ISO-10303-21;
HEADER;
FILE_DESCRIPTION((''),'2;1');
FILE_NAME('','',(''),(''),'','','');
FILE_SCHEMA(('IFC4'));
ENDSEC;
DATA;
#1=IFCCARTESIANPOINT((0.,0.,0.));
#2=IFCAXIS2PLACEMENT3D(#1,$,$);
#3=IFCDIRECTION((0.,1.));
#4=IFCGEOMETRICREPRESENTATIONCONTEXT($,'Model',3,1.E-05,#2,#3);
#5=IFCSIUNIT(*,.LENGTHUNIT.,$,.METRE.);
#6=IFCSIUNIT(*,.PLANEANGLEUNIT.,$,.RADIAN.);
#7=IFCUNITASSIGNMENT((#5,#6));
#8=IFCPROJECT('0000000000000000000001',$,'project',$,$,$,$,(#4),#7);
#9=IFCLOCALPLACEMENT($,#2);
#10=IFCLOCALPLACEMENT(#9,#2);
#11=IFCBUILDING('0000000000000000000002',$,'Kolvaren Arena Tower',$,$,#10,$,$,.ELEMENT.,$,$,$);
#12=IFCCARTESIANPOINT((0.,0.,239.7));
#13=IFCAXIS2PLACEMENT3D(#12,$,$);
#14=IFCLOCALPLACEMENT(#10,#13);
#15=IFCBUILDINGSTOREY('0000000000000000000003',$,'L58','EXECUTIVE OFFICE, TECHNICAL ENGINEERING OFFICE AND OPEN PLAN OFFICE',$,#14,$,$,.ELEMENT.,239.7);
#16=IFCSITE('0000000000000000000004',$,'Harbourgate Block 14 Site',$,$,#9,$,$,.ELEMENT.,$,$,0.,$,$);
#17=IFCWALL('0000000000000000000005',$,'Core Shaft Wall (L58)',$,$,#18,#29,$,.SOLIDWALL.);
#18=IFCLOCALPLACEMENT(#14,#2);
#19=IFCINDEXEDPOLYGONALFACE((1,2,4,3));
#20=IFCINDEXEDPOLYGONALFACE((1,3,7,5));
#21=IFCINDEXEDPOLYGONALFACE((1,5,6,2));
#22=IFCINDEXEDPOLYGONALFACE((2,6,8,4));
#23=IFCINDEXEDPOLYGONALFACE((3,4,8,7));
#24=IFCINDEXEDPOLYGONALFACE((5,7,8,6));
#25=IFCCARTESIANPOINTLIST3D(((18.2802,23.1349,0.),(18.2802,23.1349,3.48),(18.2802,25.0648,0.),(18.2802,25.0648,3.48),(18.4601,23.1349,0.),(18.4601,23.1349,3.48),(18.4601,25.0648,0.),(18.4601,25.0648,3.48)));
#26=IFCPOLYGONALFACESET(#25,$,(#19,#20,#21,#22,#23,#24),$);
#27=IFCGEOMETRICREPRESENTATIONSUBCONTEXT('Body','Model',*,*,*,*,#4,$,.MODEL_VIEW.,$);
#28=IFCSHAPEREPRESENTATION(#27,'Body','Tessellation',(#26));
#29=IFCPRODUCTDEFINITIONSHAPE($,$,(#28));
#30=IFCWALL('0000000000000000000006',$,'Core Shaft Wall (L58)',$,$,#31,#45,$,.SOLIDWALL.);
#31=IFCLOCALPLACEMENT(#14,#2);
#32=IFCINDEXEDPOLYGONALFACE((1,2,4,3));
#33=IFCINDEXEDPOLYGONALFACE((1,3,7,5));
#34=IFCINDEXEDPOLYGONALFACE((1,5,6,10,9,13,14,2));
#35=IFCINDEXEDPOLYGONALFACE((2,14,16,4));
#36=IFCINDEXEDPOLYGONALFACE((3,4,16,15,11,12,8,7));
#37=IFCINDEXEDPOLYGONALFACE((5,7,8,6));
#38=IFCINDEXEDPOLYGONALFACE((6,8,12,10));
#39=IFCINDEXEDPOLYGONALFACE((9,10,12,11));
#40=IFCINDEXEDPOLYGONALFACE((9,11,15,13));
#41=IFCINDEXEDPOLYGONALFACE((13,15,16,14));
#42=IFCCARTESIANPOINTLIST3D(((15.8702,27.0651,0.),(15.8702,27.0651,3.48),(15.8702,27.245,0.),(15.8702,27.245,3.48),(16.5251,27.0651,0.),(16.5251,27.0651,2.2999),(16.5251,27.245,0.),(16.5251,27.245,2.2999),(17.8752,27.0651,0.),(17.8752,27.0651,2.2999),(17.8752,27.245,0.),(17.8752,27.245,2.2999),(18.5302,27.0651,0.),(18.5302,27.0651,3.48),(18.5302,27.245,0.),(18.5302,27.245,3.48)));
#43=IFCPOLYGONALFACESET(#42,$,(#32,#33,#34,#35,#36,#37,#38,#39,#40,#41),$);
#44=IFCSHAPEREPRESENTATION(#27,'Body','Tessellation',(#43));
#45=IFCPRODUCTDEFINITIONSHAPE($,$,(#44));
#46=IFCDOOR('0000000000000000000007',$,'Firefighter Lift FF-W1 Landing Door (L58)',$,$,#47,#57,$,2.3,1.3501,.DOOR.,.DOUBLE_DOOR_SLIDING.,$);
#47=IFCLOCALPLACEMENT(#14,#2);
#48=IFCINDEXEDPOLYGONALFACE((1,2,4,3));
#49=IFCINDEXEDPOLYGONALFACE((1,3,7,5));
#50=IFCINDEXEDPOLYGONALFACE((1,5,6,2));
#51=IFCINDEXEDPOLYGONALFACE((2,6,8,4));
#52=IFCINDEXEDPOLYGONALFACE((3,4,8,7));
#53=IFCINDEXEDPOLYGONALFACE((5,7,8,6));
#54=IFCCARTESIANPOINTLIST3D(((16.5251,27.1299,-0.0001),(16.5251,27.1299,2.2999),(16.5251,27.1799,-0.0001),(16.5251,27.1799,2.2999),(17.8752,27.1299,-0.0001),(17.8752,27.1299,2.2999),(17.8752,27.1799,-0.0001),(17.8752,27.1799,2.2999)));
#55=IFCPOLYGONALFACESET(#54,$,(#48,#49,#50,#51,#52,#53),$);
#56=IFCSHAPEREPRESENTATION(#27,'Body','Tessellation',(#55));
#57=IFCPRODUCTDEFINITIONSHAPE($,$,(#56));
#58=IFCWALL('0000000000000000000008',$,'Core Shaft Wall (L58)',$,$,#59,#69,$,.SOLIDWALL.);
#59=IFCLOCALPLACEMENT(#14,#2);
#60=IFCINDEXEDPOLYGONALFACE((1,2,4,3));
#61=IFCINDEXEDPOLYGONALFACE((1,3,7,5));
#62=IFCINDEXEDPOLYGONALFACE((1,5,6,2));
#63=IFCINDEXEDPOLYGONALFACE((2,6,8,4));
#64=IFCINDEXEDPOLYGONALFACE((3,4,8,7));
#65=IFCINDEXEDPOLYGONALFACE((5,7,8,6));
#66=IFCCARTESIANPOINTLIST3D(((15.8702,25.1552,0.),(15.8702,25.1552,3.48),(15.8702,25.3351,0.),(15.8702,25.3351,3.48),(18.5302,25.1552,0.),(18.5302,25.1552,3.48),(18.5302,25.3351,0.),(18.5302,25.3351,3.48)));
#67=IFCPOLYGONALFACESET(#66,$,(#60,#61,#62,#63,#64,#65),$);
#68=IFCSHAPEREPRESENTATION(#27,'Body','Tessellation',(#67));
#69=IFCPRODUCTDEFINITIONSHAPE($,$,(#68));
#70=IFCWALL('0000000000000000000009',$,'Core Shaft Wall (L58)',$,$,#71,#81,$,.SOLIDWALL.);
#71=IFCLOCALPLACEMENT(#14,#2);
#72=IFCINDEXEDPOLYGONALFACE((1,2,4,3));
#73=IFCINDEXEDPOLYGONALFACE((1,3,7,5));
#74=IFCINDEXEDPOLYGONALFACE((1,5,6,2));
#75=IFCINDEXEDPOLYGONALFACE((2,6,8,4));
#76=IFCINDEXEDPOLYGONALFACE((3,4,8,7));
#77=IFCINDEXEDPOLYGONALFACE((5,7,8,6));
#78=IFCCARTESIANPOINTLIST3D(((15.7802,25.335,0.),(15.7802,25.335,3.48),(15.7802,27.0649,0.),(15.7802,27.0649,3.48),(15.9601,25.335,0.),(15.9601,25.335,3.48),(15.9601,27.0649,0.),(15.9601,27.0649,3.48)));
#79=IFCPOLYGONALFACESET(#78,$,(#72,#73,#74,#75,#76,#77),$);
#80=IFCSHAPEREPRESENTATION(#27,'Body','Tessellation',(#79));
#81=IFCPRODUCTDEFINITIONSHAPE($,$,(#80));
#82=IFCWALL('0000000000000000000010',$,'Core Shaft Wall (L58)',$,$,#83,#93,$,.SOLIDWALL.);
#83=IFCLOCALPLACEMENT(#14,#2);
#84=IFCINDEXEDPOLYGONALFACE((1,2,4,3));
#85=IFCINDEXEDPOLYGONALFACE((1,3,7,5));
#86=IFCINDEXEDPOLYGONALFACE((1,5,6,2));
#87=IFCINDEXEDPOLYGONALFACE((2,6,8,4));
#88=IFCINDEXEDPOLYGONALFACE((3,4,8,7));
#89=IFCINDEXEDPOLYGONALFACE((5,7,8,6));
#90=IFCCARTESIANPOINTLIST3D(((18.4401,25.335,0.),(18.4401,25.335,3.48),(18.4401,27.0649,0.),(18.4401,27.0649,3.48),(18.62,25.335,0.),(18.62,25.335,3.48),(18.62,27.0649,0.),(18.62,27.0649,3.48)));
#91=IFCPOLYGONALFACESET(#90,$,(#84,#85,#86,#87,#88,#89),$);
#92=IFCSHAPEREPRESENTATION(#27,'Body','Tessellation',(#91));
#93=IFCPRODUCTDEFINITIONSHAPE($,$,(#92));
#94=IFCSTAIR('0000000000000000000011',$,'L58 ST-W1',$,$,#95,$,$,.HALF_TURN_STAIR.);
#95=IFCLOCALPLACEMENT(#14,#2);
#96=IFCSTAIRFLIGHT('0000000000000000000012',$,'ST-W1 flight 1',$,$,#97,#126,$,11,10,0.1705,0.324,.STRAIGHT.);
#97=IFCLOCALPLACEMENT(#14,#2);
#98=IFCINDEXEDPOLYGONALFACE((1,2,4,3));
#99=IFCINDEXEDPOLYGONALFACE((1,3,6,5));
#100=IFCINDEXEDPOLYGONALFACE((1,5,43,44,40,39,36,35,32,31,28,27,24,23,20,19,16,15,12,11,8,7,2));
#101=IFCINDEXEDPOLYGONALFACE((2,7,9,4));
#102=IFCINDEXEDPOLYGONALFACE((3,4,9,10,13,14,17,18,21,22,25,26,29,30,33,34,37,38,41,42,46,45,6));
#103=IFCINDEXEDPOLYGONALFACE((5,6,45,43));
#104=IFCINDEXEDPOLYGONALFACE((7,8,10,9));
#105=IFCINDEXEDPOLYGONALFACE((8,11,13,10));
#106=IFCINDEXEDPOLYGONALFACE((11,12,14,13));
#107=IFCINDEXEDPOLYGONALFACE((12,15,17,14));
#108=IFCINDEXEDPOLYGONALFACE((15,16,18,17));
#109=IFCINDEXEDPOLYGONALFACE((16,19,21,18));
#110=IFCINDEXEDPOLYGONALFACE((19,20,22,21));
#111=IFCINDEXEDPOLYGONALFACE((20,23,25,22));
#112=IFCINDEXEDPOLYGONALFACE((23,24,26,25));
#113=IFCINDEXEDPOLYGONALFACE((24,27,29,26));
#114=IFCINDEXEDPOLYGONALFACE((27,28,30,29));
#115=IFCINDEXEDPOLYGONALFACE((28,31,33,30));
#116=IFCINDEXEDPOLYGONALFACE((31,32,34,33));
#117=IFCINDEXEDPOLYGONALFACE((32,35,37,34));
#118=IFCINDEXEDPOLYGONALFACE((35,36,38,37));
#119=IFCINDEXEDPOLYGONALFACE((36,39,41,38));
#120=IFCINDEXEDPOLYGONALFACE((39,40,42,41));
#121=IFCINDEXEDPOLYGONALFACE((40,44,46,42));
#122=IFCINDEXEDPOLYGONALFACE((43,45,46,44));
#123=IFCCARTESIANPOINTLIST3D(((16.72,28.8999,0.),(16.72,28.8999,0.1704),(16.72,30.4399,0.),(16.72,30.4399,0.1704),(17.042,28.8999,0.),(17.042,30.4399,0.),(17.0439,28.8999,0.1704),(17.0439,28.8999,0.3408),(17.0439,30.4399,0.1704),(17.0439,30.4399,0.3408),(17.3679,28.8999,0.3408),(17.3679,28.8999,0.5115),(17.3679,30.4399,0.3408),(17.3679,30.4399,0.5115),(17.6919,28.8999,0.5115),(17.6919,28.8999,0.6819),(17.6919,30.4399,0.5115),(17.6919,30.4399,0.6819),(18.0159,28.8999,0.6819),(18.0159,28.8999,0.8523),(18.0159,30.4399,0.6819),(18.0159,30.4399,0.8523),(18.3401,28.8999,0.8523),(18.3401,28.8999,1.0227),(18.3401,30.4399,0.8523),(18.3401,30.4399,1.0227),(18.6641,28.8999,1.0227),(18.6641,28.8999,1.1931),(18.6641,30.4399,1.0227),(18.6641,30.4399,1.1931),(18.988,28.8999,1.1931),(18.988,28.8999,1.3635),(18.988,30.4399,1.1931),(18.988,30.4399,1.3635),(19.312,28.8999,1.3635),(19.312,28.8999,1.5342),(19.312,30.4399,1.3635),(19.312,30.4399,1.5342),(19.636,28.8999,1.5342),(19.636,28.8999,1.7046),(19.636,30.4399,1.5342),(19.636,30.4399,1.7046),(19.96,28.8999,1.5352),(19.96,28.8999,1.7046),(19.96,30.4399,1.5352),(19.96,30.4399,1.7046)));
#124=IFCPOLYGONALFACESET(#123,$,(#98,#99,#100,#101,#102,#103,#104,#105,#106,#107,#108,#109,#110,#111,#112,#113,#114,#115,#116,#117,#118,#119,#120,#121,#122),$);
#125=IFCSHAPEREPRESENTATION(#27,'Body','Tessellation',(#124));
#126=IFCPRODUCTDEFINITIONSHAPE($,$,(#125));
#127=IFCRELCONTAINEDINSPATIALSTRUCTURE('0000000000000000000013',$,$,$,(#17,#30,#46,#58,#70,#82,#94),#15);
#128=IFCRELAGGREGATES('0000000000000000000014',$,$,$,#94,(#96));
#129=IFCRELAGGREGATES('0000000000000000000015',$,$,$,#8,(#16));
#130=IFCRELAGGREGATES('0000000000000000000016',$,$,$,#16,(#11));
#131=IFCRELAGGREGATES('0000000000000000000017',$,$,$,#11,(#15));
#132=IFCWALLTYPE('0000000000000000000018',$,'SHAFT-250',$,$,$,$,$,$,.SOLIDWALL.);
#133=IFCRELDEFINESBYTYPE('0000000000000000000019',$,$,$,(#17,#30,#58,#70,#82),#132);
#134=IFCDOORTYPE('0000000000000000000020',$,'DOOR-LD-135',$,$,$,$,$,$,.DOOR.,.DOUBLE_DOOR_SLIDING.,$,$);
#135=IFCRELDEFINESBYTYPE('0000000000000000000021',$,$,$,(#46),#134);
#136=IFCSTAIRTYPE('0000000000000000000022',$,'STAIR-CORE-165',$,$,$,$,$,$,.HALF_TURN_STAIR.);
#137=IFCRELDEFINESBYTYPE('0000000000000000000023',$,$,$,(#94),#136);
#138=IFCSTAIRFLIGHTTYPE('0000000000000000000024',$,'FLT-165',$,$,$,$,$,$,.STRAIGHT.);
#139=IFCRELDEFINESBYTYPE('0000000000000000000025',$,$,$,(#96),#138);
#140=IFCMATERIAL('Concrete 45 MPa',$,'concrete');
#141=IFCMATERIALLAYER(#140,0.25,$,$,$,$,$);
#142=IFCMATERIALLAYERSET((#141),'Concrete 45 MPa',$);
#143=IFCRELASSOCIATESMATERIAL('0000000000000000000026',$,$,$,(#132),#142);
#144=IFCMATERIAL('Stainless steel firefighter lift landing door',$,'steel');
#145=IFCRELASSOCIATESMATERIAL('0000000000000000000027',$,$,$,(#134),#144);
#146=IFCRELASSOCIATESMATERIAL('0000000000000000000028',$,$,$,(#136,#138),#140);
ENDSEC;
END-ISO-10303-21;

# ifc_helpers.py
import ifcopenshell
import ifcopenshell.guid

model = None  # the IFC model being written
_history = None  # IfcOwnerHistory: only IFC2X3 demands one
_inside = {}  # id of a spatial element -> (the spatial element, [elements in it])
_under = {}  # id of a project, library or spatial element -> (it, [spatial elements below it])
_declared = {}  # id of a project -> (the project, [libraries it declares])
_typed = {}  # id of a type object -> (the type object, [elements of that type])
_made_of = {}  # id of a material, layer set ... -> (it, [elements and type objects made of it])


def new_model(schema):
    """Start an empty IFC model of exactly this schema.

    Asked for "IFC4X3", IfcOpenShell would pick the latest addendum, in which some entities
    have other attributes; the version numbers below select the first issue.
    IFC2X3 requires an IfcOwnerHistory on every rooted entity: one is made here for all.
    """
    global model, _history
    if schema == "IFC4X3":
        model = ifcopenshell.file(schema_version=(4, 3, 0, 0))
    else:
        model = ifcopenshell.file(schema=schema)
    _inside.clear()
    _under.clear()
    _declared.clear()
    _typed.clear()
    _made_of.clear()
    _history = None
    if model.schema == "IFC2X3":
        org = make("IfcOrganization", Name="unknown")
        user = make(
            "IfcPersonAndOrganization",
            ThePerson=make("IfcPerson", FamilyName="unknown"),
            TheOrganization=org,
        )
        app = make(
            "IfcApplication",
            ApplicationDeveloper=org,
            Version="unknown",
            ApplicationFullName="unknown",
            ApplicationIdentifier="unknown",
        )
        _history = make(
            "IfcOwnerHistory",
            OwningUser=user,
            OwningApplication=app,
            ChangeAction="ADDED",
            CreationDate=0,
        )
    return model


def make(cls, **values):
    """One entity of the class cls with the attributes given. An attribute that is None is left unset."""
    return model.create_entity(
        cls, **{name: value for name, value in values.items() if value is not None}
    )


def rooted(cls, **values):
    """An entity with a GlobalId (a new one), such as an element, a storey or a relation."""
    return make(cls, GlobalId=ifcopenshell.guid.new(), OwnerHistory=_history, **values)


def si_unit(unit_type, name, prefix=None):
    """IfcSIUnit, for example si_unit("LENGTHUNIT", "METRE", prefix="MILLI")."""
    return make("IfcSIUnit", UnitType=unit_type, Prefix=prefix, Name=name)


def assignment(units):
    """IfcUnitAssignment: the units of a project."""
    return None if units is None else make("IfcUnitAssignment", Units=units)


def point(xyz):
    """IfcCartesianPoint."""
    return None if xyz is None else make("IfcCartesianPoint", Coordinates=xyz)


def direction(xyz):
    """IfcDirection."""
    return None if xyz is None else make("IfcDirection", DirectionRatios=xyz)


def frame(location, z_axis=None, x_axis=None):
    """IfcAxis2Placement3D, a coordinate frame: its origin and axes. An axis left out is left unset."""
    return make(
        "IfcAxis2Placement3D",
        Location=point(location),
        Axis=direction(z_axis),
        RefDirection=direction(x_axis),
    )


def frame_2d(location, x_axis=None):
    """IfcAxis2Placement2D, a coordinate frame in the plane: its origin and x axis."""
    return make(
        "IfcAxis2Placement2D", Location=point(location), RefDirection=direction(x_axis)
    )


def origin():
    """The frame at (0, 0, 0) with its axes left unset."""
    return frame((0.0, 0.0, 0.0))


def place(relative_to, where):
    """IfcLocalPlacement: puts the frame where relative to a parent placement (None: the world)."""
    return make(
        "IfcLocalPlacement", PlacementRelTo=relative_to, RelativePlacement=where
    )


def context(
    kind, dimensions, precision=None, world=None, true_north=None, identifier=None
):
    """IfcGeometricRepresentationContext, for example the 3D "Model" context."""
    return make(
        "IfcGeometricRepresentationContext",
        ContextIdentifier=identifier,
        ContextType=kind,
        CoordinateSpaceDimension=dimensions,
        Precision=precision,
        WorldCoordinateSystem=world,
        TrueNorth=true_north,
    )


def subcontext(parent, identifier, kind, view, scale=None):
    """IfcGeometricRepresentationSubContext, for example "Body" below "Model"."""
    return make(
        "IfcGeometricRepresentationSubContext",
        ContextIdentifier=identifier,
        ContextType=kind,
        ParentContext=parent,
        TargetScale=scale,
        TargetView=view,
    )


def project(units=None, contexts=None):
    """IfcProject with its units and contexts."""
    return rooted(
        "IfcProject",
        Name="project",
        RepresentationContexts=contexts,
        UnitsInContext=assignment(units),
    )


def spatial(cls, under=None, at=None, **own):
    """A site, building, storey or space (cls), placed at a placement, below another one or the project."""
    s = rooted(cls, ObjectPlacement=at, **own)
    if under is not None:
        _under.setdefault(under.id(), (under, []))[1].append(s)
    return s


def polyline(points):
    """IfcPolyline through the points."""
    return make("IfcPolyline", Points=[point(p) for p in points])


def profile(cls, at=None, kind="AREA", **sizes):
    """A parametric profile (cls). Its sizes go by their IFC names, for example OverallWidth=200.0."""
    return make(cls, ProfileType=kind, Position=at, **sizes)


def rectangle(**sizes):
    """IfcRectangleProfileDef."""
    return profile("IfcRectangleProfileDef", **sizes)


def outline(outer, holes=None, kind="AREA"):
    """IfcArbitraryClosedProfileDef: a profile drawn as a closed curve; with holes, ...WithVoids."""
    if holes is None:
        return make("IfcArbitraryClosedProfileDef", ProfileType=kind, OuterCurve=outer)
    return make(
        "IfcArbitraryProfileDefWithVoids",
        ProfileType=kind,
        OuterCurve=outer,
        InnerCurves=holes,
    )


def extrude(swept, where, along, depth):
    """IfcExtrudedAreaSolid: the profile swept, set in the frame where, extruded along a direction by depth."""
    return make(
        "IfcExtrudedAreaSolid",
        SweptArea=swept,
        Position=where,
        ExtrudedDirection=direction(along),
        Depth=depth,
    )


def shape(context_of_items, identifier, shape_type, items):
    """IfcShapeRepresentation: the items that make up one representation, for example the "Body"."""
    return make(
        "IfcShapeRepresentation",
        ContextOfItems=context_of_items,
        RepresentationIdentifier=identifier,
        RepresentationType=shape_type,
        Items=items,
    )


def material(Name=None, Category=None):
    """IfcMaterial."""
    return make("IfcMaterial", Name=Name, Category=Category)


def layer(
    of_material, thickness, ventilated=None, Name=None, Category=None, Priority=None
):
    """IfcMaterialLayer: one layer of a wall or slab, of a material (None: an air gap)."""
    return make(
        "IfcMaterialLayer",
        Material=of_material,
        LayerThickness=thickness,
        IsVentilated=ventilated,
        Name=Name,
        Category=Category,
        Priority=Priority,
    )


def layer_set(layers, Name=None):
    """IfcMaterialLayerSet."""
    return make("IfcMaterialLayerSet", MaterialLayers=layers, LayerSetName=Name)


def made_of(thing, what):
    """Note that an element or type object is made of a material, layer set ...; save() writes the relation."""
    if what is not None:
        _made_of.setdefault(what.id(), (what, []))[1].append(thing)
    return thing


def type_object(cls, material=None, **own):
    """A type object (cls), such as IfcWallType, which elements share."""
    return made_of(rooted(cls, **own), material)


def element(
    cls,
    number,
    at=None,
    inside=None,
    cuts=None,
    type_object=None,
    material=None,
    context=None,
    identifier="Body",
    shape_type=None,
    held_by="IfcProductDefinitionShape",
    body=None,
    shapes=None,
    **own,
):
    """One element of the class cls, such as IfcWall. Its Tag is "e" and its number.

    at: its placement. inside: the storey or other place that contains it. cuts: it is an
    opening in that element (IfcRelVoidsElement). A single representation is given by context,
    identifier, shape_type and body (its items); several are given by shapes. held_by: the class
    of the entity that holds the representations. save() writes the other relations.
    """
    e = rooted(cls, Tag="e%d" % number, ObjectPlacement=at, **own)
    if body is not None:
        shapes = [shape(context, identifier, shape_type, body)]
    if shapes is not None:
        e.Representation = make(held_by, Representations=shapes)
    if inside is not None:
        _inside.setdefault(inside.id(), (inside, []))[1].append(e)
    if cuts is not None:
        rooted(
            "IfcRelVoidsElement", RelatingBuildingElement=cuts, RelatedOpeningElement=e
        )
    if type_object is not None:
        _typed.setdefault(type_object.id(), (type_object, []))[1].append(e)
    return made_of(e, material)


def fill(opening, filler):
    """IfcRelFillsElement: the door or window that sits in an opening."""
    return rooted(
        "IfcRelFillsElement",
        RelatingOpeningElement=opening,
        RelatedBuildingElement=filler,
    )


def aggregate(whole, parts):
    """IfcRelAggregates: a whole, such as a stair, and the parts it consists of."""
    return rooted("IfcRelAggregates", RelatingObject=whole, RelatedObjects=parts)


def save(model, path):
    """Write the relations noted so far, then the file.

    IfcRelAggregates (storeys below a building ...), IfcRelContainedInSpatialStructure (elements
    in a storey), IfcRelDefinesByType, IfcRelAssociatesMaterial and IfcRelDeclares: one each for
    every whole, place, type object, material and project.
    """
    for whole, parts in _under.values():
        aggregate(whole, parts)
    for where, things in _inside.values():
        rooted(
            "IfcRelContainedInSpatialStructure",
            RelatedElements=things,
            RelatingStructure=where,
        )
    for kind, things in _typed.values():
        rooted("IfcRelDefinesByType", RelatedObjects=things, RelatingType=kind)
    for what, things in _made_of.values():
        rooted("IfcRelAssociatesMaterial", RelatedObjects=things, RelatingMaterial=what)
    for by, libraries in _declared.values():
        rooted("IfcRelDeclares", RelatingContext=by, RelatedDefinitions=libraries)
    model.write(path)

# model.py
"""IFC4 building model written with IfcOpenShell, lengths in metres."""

from ifc_helpers import new_model, si_unit, direction, frame, frame_2d, origin, place, context, subcontext, project, spatial, polyline, rectangle, outline, extrude, material, layer, layer_set, type_object, element, fill, aggregate, save


model = new_model("IFC4")

# Units and contexts
model_context = context("Model", 3, precision=1e-05, world=origin(), true_north=direction((0.0, 1.0)))
body_context = subcontext(model_context, "Body", "Model", "MODEL_VIEW")
ifc_project = project(units=[si_unit("LENGTHUNIT", "METRE"), si_unit("PLANEANGLEUNIT", "RADIAN")], contexts=[model_context])

# Site, building, storey
site_placement = place(None, origin())
site = spatial("IfcSite", under=ifc_project, at=site_placement, Name="Harbourgate Block 14 Site", CompositionType="ELEMENT", RefElevation=0.0)
building_placement = place(site_placement, origin())
building = spatial("IfcBuilding", under=site, at=building_placement, Name="Kolvaren Arena Tower", CompositionType="ELEMENT")
storey_placement = place(building_placement, frame((0.0, 0.0, 239.7)))
storey = spatial("IfcBuildingStorey", under=building, at=storey_placement, Name="L58", Description="EXECUTIVE OFFICE, TECHNICAL ENGINEERING OFFICE AND OPEN PLAN OFFICE", CompositionType="ELEMENT", Elevation=239.7)

# Wall
ifc_material_1 = material(Name="Concrete 45 MPa", Category="concrete")
ifc_layer_1 = layer(ifc_material_1, 0.25)
ifc_layer_set_1 = layer_set([ifc_layer_1], Name="Concrete 45 MPa")
wall_type_1 = type_object("IfcWallType", Name="SHAFT-250", PredefinedType="SOLIDWALL", material=ifc_layer_set_1)
wall_1_placement = place(storey_placement, frame((18.3701, 23.135, 0.0), z_axis=(0.0, 0.0, 1.0), x_axis=(0.0, 1.0, 0.0)))
element("IfcWall", 1, at=wall_1_placement, inside=storey, type_object=wall_type_1, Name="Core Shaft Wall (L58)", PredefinedType="SOLIDWALL", context=body_context, shape_type="SweptSolid", body=[
    extrude(rectangle(XDim=1.9299, YDim=0.1799, at=frame_2d((0.9648, 0.0))), origin(), (0.0, 0.0, 1.0), 3.48),
])

# Wall, opening, door
wall_2_placement = place(storey_placement, frame((15.8701, 27.155, 0.0), z_axis=(0.0, 0.0, 1.0), x_axis=(1.0, 0.0, 0.0)))
wall_2 = element("IfcWall", 2, at=wall_2_placement, inside=storey, type_object=wall_type_1, Name="Core Shaft Wall (L58)", PredefinedType="SOLIDWALL", context=body_context, shape_type="SweptSolid", body=[
    extrude(rectangle(XDim=2.6599, YDim=0.1799, at=frame_2d((1.3301, 0.0))), origin(), (0.0, 0.0, 1.0), 3.48),
])
opening_1_placement = place(wall_2_placement, frame((0.655, 0.0, 0.0)))
opening_1 = element("IfcOpeningElement", 3, at=opening_1_placement, cuts=wall_2, PredefinedType="OPENING", context=body_context, shape_type="SweptSolid", body=[
    extrude(rectangle(XDim=1.3501, YDim=2.3, at=frame_2d((0.675, 1.1499))), frame((0.0, 0.0999, 0.0), z_axis=(0.0, -1.0, 0.0), x_axis=(1.0, 0.0, 0.0)), (0.0, 0.0, 1.0), 0.2),
])
ifc_material_2 = material(Name="Stainless steel firefighter lift landing door", Category="steel")
door_type_1 = type_object("IfcDoorType", Name="DOOR-LD-135", OperationType="DOUBLE_DOOR_SLIDING", PredefinedType="DOOR", material=ifc_material_2)
door_1_placement = place(opening_1_placement, origin())
door_1 = element("IfcDoor", 4, at=door_1_placement, inside=storey, type_object=door_type_1, Name="Firefighter Lift FF-W1 Landing Door (L58)", OperationType="DOUBLE_DOOR_SLIDING", OverallHeight=2.3, OverallWidth=1.3501, PredefinedType="DOOR", context=body_context, shape_type="SweptSolid", body=[
    extrude(rectangle(XDim=1.3501, YDim=2.3, at=frame_2d((0.675, 1.1499))), frame((0.0, 0.0249, 0.0), z_axis=(0.0, -1.0, 0.0), x_axis=(1.0, 0.0, 0.0)), (0.0, 0.0, 1.0), 0.05),
])
fill(opening_1, door_1)

# Walls
wall_3_placement = place(storey_placement, frame((15.8701, 25.2451, 0.0), z_axis=(0.0, 0.0, 1.0), x_axis=(1.0, 0.0, 0.0)))
element("IfcWall", 5, at=wall_3_placement, inside=storey, type_object=wall_type_1, Name="Core Shaft Wall (L58)", PredefinedType="SOLIDWALL", context=body_context, shape_type="SweptSolid", body=[
    extrude(rectangle(XDim=2.6599, YDim=0.1799, at=frame_2d((1.3301, 0.0))), origin(), (0.0, 0.0, 1.0), 3.48),
])
for number, where, z_axis, x_axis, name in (
    (6, (15.8701, 25.335, 0.0), (0.0, 0.0, 1.0), (0.0, 1.0, 0.0), "Core Shaft Wall (L58)"),
    (7, (18.53, 25.335, 0.0), (0.0, 0.0, 1.0), (0.0, 1.0, 0.0), "Core Shaft Wall (L58)"),
):
    element("IfcWall", number, at=place(storey_placement, frame(where, z_axis=z_axis, x_axis=x_axis)), inside=storey, type_object=wall_type_1, Name=name, PredefinedType="SOLIDWALL", context=body_context, shape_type="SweptSolid", body=[
        extrude(rectangle(XDim=1.73, YDim=0.1799, at=frame_2d((0.865, 0.0))), origin(), (0.0, 0.0, 1.0), 3.48),
    ])

# Stair, stair flight
stair_type = type_object("IfcStairType", Name="STAIR-CORE-165", PredefinedType="HALF_TURN_STAIR", material=ifc_material_1)
stair_placement = place(storey_placement, origin())
stair = element("IfcStair", 8, at=stair_placement, inside=storey, type_object=stair_type, Name="L58 ST-W1", PredefinedType="HALF_TURN_STAIR")
stair_flight_type = type_object("IfcStairFlightType", Name="FLT-165", PredefinedType="STRAIGHT", material=ifc_material_1)
stair_flight_placement = place(storey_placement, frame((16.72, 29.6699, 0.0), z_axis=(0.0, 0.0, 1.0), x_axis=(1.0, 0.0, 0.0)))
stair_flight = element("IfcStairFlight", 9, at=stair_flight_placement, type_object=stair_flight_type, Name="ST-W1 flight 1", NumberOfRisers=11, NumberOfTreads=10, PredefinedType="STRAIGHT", RiserHeight=0.1705, TreadLength=0.324, context=body_context, shape_type="SweptSolid", body=[
    extrude(outline(polyline([(0.0, 0.0), (0.0, 0.1704), (0.324, 0.1704), (0.324, 0.3408), (0.6479, 0.3408), (0.6479, 0.5115), (0.9719, 0.5115), (0.9719, 0.6819), (1.2959, 0.6819), (1.2959, 0.8523), (1.6201, 0.8523), (1.6201, 1.0227), (1.9441, 1.0227), (1.9441, 1.1931), (2.2681, 1.1931), (2.2681, 1.3635), (2.592, 1.3635), (2.592, 1.5342), (2.916, 1.5342), (2.916, 1.7046), (3.24, 1.7046), (3.24, 1.875), (3.24, 1.5352), (0.322, 0.0), (0.0, 0.0)])), frame((0.0, 0.77, 0.0), z_axis=(0.0, -1.0, 0.0), x_axis=(1.0, 0.0, 0.0)), (0.0, 0.0, 1.0), 1.54),
])
aggregate(stair, [stair_flight])

save(model, "model.ifc")
